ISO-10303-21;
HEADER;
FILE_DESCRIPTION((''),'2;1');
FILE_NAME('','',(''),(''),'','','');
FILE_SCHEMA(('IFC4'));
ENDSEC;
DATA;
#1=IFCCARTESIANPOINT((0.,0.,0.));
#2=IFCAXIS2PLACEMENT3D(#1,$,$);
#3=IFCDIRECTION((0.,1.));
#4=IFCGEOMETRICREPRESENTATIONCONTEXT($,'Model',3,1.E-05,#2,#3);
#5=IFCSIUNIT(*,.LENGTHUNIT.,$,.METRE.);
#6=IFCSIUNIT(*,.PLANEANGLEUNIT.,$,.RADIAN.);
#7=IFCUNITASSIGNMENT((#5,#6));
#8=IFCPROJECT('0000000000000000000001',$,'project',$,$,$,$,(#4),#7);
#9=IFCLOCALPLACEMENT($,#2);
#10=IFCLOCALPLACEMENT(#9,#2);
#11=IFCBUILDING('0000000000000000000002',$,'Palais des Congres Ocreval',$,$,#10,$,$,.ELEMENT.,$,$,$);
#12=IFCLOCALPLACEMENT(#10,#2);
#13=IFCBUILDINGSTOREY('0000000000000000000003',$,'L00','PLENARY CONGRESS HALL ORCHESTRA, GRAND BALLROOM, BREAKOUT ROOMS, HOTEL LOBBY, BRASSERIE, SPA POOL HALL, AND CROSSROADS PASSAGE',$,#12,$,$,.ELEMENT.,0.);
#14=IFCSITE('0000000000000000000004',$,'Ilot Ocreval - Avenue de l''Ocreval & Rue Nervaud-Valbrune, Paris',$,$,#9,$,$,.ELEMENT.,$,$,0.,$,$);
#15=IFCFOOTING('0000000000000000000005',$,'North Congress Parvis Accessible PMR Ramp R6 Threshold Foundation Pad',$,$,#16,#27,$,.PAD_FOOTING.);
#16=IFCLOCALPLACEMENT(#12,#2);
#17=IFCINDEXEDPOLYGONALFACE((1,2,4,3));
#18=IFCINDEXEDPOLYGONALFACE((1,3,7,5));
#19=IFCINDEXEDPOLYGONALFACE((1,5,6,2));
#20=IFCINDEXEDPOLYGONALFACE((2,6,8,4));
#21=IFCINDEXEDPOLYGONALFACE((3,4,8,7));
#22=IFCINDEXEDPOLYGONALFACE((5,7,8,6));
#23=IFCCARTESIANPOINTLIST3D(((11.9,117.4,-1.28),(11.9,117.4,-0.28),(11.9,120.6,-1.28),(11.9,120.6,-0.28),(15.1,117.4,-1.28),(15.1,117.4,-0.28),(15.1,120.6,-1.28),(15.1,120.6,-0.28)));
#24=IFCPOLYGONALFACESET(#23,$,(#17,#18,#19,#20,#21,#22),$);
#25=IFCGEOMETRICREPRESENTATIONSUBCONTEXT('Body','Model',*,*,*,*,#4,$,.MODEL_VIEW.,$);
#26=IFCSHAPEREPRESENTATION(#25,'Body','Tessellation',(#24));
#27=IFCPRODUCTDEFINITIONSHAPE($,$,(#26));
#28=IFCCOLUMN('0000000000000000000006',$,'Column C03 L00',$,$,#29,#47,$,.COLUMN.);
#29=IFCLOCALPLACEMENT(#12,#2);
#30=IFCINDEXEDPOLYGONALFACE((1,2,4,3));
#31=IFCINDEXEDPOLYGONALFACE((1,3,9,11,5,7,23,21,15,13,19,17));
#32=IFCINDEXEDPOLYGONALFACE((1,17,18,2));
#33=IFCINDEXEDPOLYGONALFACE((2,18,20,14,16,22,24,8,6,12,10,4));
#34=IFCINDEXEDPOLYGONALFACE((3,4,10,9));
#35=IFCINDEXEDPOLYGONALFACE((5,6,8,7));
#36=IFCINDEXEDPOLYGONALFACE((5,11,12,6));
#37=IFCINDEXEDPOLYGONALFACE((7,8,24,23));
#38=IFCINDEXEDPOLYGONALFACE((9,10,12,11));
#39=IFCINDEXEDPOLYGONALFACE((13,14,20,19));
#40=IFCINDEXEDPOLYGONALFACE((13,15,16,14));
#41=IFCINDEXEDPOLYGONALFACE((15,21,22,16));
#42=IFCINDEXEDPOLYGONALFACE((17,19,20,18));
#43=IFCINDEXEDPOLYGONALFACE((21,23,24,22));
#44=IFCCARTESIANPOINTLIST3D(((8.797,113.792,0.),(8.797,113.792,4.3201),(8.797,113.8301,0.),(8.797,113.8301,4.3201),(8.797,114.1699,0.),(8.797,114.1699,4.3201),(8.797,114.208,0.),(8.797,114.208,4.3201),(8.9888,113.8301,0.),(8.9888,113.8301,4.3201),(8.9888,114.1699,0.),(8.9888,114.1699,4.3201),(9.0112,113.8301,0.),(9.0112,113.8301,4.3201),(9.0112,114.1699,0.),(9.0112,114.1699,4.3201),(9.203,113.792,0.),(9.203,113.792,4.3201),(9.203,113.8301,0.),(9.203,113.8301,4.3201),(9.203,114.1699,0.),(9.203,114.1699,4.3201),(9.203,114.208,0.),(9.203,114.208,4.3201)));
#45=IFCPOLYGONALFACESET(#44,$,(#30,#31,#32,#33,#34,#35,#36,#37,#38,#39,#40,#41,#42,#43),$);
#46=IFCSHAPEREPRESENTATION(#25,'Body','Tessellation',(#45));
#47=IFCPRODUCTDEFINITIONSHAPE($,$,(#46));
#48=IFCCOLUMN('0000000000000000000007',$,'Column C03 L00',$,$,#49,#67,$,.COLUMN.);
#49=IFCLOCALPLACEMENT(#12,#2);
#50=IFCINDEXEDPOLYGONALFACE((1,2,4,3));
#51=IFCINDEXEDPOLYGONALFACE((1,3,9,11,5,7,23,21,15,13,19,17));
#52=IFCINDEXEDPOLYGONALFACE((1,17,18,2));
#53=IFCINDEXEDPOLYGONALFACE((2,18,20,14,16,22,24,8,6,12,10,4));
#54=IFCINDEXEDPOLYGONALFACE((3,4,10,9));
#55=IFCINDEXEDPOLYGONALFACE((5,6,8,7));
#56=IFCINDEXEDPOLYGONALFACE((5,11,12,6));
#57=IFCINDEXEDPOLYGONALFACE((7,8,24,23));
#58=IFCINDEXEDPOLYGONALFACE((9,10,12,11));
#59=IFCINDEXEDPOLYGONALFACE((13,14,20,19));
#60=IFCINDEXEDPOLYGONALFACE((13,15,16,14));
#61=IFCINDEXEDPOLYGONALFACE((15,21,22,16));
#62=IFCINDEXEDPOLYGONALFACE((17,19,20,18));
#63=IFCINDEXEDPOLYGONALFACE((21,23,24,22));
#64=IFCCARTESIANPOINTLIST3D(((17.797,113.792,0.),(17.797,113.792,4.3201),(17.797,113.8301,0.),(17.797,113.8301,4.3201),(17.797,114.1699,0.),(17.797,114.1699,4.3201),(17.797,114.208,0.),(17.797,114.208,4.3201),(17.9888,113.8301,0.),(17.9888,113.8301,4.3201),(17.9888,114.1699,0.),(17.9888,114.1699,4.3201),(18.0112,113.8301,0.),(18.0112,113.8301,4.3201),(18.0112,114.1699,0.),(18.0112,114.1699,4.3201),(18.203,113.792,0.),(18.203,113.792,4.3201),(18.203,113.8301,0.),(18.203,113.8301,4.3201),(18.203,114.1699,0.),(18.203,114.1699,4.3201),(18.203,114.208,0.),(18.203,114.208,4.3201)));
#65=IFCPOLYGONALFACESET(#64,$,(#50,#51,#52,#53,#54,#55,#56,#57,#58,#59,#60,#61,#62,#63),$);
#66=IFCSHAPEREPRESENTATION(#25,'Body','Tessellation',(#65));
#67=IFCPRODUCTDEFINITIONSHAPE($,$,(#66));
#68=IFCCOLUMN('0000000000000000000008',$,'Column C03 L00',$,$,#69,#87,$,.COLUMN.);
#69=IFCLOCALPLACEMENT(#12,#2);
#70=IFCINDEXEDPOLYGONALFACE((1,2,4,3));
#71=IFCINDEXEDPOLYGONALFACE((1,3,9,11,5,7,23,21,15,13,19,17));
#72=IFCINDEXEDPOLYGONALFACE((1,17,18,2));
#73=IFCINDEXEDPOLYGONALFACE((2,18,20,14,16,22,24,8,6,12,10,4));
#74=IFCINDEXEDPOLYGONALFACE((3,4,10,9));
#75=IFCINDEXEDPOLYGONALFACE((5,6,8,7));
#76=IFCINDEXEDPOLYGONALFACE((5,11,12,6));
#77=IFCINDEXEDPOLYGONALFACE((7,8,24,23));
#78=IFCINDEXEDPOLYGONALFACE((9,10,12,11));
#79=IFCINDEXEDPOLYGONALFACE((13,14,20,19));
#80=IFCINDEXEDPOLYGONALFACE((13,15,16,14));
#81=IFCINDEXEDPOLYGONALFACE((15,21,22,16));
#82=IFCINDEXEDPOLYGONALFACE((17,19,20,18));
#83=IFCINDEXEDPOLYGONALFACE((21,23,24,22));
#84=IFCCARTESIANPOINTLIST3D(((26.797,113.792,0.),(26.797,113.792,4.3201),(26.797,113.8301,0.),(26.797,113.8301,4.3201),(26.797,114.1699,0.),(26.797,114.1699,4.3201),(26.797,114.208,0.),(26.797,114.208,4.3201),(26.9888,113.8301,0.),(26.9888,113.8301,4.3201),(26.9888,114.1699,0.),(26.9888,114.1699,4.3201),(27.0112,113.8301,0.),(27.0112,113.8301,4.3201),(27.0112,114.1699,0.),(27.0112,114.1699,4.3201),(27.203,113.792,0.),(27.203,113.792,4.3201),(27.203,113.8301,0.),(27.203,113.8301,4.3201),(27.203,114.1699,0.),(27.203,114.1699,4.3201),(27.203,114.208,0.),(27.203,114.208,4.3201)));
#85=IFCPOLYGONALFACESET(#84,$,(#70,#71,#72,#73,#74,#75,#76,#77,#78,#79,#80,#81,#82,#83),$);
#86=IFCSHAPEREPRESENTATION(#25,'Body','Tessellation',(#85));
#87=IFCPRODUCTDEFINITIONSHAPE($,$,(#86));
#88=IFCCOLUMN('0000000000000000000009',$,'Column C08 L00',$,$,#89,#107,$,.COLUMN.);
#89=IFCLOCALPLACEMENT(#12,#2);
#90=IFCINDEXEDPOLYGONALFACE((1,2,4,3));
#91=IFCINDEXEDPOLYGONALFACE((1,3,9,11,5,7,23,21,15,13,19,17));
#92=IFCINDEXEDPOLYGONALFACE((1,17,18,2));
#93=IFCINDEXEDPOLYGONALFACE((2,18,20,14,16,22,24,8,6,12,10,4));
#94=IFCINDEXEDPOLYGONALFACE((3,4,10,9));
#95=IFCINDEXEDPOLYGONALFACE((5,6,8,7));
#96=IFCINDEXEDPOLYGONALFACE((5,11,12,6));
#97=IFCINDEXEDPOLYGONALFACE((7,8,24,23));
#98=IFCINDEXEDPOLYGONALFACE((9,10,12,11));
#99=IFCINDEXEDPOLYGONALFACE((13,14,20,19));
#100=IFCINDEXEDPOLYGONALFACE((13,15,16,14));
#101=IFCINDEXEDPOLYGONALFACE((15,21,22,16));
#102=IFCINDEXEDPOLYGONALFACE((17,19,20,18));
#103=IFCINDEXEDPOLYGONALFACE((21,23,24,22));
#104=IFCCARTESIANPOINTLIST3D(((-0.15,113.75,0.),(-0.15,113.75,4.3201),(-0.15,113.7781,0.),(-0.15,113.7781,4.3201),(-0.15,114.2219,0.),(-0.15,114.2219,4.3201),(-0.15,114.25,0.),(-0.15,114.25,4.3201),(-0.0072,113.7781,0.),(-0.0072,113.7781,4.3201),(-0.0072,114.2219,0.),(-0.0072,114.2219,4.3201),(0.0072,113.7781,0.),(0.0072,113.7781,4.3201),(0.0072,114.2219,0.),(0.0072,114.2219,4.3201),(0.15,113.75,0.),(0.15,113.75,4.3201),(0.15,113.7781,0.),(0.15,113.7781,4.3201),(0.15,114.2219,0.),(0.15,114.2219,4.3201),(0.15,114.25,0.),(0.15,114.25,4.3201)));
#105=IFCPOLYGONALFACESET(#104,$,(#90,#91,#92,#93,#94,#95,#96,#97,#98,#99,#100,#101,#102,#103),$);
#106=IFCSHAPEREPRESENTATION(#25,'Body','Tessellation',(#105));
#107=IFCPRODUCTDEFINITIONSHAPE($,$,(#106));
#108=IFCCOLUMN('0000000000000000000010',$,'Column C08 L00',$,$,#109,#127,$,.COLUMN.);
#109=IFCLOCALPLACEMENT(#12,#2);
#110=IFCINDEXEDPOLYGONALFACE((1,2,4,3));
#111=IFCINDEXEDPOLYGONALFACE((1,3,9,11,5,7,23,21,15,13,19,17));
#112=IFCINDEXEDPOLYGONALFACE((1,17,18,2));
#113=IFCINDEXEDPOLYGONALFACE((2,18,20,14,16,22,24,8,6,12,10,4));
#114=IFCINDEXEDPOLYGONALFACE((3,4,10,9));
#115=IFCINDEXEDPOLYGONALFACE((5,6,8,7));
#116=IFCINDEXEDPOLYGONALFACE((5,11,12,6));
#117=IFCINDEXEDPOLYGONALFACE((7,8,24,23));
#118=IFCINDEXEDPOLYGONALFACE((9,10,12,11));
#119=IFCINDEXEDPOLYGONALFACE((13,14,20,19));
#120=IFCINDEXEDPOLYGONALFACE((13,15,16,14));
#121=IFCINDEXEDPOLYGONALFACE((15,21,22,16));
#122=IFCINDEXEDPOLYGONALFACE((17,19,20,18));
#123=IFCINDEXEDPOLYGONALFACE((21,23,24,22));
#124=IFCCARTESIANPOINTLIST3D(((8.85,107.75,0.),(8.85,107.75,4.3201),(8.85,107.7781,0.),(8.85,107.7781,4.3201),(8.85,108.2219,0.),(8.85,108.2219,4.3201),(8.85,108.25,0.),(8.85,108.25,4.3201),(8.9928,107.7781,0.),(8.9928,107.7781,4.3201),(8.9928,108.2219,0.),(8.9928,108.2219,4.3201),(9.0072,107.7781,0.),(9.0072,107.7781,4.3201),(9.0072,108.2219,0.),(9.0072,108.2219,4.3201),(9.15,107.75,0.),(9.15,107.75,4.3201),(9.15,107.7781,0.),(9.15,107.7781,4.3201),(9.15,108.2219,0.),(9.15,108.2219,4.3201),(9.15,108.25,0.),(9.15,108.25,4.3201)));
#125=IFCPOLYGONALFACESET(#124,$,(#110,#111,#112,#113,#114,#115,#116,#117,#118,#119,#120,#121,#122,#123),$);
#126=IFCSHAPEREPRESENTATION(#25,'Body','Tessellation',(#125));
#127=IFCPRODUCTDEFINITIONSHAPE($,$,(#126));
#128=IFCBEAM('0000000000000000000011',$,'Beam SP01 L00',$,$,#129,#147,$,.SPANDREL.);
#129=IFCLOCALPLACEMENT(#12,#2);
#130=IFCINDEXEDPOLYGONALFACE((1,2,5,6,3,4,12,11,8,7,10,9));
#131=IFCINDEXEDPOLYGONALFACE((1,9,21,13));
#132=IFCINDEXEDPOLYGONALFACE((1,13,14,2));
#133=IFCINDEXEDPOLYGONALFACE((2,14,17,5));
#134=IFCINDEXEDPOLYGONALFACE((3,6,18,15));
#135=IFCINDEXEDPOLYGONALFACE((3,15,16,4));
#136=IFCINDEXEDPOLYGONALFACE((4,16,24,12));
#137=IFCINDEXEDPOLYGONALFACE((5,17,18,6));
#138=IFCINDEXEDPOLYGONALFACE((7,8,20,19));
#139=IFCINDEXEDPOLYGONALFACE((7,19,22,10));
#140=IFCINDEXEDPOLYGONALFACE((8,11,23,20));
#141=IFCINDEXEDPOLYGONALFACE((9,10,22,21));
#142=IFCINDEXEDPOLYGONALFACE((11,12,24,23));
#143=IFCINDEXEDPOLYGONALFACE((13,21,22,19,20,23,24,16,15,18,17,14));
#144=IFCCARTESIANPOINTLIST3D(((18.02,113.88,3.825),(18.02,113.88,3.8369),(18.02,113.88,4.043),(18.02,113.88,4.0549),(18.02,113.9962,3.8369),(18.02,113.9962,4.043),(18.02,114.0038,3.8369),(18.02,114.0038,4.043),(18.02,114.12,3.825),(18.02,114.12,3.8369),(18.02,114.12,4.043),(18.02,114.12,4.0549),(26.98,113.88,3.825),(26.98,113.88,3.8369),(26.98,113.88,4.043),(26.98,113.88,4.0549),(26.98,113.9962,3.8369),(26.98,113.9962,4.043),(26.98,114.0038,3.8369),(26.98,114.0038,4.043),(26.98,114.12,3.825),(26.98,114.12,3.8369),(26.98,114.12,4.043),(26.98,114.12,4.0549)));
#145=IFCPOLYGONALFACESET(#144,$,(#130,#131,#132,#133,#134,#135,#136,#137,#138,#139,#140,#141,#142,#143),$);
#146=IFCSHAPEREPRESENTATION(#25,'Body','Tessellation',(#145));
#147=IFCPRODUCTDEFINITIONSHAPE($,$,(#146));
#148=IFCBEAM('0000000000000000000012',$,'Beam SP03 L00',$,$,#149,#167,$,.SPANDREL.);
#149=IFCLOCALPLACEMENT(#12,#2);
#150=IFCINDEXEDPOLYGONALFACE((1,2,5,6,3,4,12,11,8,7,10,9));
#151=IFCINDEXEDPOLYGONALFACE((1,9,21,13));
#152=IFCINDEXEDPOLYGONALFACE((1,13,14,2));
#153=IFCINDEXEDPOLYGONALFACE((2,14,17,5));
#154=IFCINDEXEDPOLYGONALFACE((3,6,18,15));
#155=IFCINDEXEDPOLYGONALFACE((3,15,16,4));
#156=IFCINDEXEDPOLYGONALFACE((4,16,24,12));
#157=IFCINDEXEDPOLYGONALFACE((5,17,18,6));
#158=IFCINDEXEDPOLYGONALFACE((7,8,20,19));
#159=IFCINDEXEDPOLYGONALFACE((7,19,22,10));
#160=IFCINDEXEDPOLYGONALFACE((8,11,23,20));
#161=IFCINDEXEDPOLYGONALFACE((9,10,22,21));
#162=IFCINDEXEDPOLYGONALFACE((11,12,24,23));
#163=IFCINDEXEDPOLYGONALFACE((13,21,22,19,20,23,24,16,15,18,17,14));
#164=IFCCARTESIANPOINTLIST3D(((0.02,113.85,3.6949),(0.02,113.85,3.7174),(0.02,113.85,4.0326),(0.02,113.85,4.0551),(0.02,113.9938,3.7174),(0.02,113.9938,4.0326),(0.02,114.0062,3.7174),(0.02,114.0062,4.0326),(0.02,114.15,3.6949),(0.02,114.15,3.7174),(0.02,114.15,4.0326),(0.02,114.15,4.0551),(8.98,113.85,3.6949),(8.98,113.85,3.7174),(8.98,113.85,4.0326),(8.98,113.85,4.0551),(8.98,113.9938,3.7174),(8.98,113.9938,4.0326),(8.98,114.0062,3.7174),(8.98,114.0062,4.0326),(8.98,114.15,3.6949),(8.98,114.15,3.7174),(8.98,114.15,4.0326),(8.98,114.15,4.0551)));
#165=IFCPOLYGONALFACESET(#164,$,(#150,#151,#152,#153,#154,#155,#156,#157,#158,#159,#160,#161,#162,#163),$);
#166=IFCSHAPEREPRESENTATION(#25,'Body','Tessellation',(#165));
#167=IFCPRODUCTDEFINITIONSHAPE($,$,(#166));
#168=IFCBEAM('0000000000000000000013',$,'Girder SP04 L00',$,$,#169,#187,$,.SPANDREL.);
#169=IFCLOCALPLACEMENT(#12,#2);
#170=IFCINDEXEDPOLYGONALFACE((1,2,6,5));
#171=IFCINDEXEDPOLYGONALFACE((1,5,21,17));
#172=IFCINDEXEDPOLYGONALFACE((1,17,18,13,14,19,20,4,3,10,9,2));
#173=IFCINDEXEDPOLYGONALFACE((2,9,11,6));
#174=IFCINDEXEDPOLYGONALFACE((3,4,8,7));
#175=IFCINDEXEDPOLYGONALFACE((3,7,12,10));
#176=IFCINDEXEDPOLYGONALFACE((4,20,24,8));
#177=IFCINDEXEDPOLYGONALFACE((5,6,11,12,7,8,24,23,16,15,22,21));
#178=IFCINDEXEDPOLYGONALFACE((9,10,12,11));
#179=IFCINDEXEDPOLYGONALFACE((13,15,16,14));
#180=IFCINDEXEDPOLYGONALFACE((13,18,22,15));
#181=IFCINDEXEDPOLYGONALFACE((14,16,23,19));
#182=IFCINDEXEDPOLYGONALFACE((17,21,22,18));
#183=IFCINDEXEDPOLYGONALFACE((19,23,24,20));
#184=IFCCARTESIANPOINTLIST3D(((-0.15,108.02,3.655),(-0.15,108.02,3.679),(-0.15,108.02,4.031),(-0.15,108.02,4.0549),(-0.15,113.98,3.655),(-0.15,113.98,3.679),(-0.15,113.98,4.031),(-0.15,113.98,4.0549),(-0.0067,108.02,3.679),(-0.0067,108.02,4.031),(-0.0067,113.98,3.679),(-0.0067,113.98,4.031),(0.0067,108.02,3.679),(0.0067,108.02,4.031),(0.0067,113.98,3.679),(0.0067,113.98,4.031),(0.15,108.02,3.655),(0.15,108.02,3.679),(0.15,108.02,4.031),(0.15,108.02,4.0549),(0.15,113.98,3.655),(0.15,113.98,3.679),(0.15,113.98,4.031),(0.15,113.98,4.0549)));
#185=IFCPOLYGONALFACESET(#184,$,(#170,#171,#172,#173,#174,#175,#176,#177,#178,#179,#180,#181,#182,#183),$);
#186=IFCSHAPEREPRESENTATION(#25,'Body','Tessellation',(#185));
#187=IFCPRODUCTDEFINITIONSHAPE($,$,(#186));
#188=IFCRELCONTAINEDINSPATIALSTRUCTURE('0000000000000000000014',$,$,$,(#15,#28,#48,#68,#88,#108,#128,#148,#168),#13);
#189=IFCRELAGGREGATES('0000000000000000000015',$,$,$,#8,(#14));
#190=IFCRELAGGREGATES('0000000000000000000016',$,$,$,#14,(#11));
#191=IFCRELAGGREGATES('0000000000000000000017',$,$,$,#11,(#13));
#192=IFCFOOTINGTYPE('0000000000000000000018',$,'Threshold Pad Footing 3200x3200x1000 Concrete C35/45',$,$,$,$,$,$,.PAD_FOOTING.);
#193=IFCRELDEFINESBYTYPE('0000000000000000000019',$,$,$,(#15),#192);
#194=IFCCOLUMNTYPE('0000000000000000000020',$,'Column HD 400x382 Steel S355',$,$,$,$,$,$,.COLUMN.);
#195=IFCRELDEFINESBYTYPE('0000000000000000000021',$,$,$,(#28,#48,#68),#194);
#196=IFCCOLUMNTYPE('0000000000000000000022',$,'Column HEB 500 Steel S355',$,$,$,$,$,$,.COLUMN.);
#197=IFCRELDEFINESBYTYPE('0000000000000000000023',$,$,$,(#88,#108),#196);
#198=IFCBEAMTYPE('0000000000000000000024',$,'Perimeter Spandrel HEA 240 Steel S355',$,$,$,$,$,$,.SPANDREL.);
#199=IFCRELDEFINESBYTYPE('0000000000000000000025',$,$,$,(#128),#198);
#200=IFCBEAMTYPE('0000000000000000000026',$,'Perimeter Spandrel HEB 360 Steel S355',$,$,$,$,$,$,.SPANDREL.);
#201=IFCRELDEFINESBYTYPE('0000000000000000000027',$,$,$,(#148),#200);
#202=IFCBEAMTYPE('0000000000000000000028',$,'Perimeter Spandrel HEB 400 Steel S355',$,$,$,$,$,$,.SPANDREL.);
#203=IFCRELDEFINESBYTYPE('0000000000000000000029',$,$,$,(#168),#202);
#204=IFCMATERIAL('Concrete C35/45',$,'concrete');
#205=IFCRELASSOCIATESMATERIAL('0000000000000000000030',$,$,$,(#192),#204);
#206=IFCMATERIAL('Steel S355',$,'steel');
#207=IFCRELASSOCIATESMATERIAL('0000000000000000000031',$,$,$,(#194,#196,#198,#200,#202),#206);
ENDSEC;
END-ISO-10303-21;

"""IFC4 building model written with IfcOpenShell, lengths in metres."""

from ifc_helpers import new_model, si_unit, direction, frame, origin, origin_2d, place, context, subcontext, project, spatial, rectangle, i_section, extrude, material, material_profile, profile_set, type_object, element, save


model = new_model("IFC4")

# Units and contexts
model_context = context("Model", 3, precision=1e-05, world=origin(), true_north=direction((0.0, 1.0)))
body_context = subcontext(model_context, "Body", "Model", "MODEL_VIEW")
ifc_project = project(units=[si_unit("LENGTHUNIT", "METRE"), si_unit("PLANEANGLEUNIT", "RADIAN")], contexts=[model_context])

# Site, building, storey
site_placement = place(None, origin())
site = spatial("IfcSite", under=ifc_project, at=site_placement, Name="Ilot Ocreval - Avenue de l'Ocreval & Rue Nervaud-Valbrune, Paris", CompositionType="ELEMENT", RefElevation=0.0)
building_placement = place(site_placement, origin())
building = spatial("IfcBuilding", under=site, at=building_placement, Name="Palais des Congres Ocreval", CompositionType="ELEMENT")
storey_placement = place(building_placement, origin())
storey = spatial("IfcBuildingStorey", under=building, at=storey_placement, Name="L00", Description="PLENARY CONGRESS HALL ORCHESTRA, GRAND BALLROOM, BREAKOUT ROOMS, HOTEL LOBBY, BRASSERIE, SPA POOL HALL, AND CROSSROADS PASSAGE", CompositionType="ELEMENT", Elevation=0.0)

# Footing
ifc_material_1 = material(Name="Concrete C35/45", Category="concrete")
footing_type = type_object("IfcFootingType", Name="Threshold Pad Footing 3200x3200x1000 Concrete C35/45", PredefinedType="PAD_FOOTING", material=ifc_material_1)
footing_placement = place(storey_placement, frame((13.5, 119.0, -1.28), z_axis=(0.0, 0.0, 1.0), x_axis=(1.0, 0.0, 0.0)))
element("IfcFooting", 1, at=footing_placement, inside=storey, type_object=footing_type, Name="North Congress Parvis Accessible PMR Ramp R6 Threshold Foundation Pad", PredefinedType="PAD_FOOTING", context=body_context, shape_type="SweptSolid", body=[
    extrude(rectangle(XDim=3.2, YDim=3.2, at=origin_2d()), origin(), (0.0, 0.0, 1.0), 1.0),
])

# Columns
ifc_material_2 = material(Name="Steel S355", Category="steel")
ifc_material_profile_1 = material_profile(ifc_material_2, i_section(OverallWidth=0.406, OverallDepth=0.416, WebThickness=0.0225, FlangeThickness=0.0381, at=origin_2d()), Name="HD 400x382")
ifc_profile_set_1 = profile_set([ifc_material_profile_1], Name="Steel S355")
column_type_1 = type_object("IfcColumnType", Name="Column HD 400x382 Steel S355", PredefinedType="COLUMN", material=ifc_profile_set_1)
for number, where, z_axis, x_axis, name in (
    (2, (9.0, 114.0, 0.0), (0.0, 0.0, 1.0), (1.0, 0.0, 0.0), "Column C03 L00"),
    (3, (18.0, 114.0, 0.0), (0.0, 0.0, 1.0), (1.0, 0.0, 0.0), "Column C03 L00"),
    (4, (27.0, 114.0, 0.0), (0.0, 0.0, 1.0), (1.0, 0.0, 0.0), "Column C03 L00"),
):
    element("IfcColumn", number, at=place(storey_placement, frame(where, z_axis=z_axis, x_axis=x_axis)), inside=storey, type_object=column_type_1, Name=name, PredefinedType="COLUMN", context=body_context, shape_type="SweptSolid", body=[
        extrude(i_section(OverallWidth=0.406, OverallDepth=0.416, WebThickness=0.0225, FlangeThickness=0.0381, at=origin_2d()), origin(), (0.0, 0.0, 1.0), 4.3201),
    ])
ifc_material_profile_2 = material_profile(ifc_material_2, i_section(OverallWidth=0.3, OverallDepth=0.5, WebThickness=0.0144, FlangeThickness=0.0281, at=origin_2d()), Name="HEB 500")
ifc_profile_set_2 = profile_set([ifc_material_profile_2], Name="Steel S355")
column_type_2 = type_object("IfcColumnType", Name="Column HEB 500 Steel S355", PredefinedType="COLUMN", material=ifc_profile_set_2)
for number, where, z_axis, x_axis, name in (
    (5, (0.0, 114.0, 0.0), (0.0, 0.0, 1.0), (1.0, 0.0, 0.0), "Column C08 L00"),
    (6, (9.0, 108.0, 0.0), (0.0, 0.0, 1.0), (1.0, 0.0, 0.0), "Column C08 L00"),
):
    element("IfcColumn", number, at=place(storey_placement, frame(where, z_axis=z_axis, x_axis=x_axis)), inside=storey, type_object=column_type_2, Name=name, PredefinedType="COLUMN", context=body_context, shape_type="SweptSolid", body=[
        extrude(i_section(OverallWidth=0.3, OverallDepth=0.5, WebThickness=0.0144, FlangeThickness=0.0281, at=origin_2d()), origin(), (0.0, 0.0, 1.0), 4.3201),
    ])

# Beams
ifc_material_profile_3 = material_profile(ifc_material_2, i_section(OverallWidth=0.24, OverallDepth=0.23, WebThickness=0.0076, FlangeThickness=0.012, at=origin_2d()), Name="HEA 240")
ifc_profile_set_3 = profile_set([ifc_material_profile_3], Name="Steel S355")
beam_type_1 = type_object("IfcBeamType", Name="Perimeter Spandrel HEA 240 Steel S355", PredefinedType="SPANDREL", material=ifc_profile_set_3)
beam_1_placement = place(storey_placement, frame((18.02, 114.0, 3.9399), z_axis=(1.0, 0.0, 0.0), x_axis=(0.0, 1.0, 0.0)))
element("IfcBeam", 7, at=beam_1_placement, inside=storey, type_object=beam_type_1, Name="Beam SP01 L00", PredefinedType="SPANDREL", context=body_context, shape_type="SweptSolid", body=[
    extrude(i_section(OverallWidth=0.24, OverallDepth=0.23, WebThickness=0.0076, FlangeThickness=0.012, at=origin_2d()), origin(), (0.0, 0.0, 1.0), 8.96),
])
ifc_material_profile_4 = material_profile(ifc_material_2, i_section(OverallWidth=0.3, OverallDepth=0.3601, WebThickness=0.0125, FlangeThickness=0.0225, at=origin_2d()), Name="HEB 360")
ifc_profile_set_4 = profile_set([ifc_material_profile_4], Name="Steel S355")
beam_type_2 = type_object("IfcBeamType", Name="Perimeter Spandrel HEB 360 Steel S355", PredefinedType="SPANDREL", material=ifc_profile_set_4)
beam_2_placement = place(storey_placement, frame((0.02, 114.0, 3.875), z_axis=(1.0, 0.0, 0.0), x_axis=(0.0, 1.0, 0.0)))
element("IfcBeam", 8, at=beam_2_placement, inside=storey, type_object=beam_type_2, Name="Beam SP03 L00", PredefinedType="SPANDREL", context=body_context, shape_type="SweptSolid", body=[
    extrude(i_section(OverallWidth=0.3, OverallDepth=0.3601, WebThickness=0.0125, FlangeThickness=0.0225, at=origin_2d()), origin(), (0.0, 0.0, 1.0), 8.96),
])
ifc_material_profile_5 = material_profile(ifc_material_2, i_section(OverallWidth=0.3, OverallDepth=0.3999, WebThickness=0.0134, FlangeThickness=0.0239, at=origin_2d()), Name="HEB 400")
ifc_profile_set_5 = profile_set([ifc_material_profile_5], Name="Steel S355")
beam_type_3 = type_object("IfcBeamType", Name="Perimeter Spandrel HEB 400 Steel S355", PredefinedType="SPANDREL", material=ifc_profile_set_5)
beam_3_placement = place(storey_placement, frame((0.0, 108.02, 3.855), z_axis=(0.0, 1.0, 0.0), x_axis=(-1.0, 0.0, 0.0)))
element("IfcBeam", 9, at=beam_3_placement, inside=storey, type_object=beam_type_3, Name="Girder SP04 L00", PredefinedType="SPANDREL", context=body_context, shape_type="SweptSolid", body=[
    extrude(i_section(OverallWidth=0.3, OverallDepth=0.3999, WebThickness=0.0134, FlangeThickness=0.0239, at=origin_2d()), origin(), (0.0, 0.0, 1.0), 5.96),
])

save(model, "model.ifc")
